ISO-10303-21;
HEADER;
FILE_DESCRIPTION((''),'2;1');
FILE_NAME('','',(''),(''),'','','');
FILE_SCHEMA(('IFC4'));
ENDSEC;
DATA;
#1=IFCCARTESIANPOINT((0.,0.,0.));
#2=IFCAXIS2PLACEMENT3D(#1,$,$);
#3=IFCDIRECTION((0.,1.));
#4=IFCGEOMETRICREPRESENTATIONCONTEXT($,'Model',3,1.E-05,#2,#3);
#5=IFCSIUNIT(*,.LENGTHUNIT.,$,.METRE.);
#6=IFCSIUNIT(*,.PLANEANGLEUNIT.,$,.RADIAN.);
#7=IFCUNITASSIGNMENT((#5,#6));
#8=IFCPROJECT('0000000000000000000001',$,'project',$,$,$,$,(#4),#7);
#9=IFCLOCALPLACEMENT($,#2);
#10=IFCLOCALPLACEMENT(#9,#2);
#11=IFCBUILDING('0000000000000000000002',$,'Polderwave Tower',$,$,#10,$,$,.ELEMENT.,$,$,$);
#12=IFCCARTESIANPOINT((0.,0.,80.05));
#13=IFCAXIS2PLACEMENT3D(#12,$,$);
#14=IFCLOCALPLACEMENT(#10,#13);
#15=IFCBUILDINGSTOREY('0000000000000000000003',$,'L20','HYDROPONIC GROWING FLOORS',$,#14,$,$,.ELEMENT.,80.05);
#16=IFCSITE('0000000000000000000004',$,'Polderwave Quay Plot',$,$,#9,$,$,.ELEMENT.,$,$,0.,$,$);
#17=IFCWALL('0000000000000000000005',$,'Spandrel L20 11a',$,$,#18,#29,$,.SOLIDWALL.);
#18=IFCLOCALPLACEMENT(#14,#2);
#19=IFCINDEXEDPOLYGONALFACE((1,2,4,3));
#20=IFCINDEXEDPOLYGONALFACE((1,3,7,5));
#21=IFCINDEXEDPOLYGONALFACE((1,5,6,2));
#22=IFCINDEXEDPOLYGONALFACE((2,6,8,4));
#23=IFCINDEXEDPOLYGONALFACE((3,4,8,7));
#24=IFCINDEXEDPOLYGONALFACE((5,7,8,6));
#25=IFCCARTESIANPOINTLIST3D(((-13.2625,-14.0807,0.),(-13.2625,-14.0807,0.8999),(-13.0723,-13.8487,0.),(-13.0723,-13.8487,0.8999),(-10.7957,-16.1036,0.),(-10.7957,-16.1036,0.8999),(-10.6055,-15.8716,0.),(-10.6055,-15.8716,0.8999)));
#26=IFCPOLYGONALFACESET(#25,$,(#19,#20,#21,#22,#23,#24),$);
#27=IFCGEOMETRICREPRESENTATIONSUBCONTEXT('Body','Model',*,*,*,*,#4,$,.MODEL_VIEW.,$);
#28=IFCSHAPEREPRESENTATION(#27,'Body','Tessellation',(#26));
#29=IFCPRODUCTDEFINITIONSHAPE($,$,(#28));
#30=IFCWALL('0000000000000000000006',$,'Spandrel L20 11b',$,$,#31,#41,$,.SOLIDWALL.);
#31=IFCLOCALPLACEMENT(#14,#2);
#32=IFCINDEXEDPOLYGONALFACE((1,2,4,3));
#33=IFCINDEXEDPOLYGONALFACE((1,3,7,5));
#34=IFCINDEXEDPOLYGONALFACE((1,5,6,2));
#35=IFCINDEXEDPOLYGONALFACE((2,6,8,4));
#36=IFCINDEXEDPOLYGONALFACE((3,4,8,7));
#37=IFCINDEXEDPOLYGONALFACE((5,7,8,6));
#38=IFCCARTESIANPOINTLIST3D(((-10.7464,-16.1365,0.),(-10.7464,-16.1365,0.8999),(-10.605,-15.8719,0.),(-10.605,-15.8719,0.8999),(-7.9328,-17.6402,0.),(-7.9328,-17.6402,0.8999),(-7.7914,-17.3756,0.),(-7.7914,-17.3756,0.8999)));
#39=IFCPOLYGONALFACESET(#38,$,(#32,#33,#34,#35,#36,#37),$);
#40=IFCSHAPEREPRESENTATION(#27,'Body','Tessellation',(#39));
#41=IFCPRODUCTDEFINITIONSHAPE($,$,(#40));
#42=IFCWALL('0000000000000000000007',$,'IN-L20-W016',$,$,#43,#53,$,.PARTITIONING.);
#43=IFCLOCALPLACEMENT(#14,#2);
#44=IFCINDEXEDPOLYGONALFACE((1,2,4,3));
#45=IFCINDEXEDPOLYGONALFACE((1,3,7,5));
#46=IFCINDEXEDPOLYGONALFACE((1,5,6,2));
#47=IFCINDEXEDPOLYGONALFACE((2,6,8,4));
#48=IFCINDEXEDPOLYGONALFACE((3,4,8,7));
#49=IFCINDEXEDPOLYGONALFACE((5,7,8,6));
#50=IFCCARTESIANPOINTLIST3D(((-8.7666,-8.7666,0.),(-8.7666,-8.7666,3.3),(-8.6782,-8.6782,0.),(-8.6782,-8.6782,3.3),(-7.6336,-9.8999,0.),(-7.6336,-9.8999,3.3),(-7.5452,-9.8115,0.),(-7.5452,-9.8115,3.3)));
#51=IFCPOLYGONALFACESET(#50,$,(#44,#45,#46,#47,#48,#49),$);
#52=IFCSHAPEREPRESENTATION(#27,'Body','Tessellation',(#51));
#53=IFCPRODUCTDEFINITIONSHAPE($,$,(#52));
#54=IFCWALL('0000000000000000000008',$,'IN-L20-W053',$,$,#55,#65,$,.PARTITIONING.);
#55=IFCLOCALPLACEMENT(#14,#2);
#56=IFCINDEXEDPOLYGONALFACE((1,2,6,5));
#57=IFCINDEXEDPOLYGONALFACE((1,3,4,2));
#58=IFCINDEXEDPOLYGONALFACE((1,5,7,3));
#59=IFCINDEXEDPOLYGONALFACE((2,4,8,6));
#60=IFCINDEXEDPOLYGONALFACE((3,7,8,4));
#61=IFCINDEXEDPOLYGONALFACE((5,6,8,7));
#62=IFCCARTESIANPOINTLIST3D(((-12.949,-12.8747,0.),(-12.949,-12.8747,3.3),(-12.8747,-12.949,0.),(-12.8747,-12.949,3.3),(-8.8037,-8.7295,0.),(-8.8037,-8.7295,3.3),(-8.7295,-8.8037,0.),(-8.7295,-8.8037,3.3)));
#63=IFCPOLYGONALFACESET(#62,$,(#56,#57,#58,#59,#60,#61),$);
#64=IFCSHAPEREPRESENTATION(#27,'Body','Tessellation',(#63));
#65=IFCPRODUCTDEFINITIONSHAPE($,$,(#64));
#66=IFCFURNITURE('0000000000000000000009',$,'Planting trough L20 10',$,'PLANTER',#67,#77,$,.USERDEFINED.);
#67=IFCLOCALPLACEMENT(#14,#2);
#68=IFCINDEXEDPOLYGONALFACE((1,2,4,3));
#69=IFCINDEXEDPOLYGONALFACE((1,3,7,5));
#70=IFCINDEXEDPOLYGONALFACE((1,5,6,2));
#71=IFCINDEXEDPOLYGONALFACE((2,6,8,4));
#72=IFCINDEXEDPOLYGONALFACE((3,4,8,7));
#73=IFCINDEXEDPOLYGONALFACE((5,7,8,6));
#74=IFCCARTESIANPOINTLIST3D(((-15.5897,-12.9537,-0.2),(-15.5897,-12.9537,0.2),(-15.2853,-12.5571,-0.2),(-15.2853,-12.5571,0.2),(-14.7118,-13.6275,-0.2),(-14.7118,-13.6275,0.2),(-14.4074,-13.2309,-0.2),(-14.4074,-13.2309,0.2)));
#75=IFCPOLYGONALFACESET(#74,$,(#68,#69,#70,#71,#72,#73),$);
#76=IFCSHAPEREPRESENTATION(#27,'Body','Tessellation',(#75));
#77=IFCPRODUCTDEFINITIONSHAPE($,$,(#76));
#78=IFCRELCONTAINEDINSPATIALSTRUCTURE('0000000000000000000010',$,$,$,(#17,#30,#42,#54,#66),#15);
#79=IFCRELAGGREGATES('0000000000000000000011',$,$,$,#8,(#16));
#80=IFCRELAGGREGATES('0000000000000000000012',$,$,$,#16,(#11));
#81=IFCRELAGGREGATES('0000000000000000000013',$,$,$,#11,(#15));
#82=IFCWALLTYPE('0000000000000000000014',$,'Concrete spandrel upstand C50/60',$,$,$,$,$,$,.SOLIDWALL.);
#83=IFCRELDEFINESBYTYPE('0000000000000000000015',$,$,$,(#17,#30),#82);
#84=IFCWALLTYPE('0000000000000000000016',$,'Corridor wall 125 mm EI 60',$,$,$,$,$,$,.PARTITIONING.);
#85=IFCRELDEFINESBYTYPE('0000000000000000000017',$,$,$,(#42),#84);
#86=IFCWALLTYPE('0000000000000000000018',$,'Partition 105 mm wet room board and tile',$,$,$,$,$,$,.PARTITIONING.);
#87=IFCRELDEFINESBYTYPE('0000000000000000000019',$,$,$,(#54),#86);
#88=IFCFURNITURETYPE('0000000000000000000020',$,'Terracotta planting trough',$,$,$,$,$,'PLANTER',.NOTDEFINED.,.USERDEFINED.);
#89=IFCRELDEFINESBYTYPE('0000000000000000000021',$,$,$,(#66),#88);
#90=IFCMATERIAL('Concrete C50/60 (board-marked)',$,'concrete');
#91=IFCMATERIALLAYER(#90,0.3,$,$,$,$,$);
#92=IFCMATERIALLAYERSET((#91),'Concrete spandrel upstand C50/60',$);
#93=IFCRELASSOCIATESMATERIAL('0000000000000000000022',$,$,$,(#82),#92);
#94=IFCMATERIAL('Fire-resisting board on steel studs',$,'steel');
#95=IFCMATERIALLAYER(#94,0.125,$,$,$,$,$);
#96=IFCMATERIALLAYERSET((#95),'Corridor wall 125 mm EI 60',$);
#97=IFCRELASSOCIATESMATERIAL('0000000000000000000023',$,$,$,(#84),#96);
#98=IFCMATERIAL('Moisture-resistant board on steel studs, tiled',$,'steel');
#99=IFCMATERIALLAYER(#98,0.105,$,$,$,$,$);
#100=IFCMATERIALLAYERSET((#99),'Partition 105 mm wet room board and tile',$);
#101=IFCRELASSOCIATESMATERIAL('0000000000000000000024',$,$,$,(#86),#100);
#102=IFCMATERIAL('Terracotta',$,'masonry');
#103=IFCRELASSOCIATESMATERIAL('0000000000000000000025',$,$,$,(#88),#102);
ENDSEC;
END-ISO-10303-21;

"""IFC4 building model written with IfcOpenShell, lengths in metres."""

from ifc_helpers import new_model, si_unit, direction, frame, frame_2d, origin, origin_2d, place, context, subcontext, project, spatial, rectangle, extrude, material, layer, layer_set, type_object, element, save


model = new_model("IFC4")

# Units and contexts
model_context = context("Model", 3, precision=1e-05, world=origin(), true_north=direction((0.0, 1.0)))
body_context = subcontext(model_context, "Body", "Model", "MODEL_VIEW")
ifc_project = project(units=[si_unit("LENGTHUNIT", "METRE"), si_unit("PLANEANGLEUNIT", "RADIAN")], contexts=[model_context])

# Site, building, storey
site_placement = place(None, origin())
site = spatial("IfcSite", under=ifc_project, at=site_placement, Name="Polderwave Quay Plot", CompositionType="ELEMENT", RefElevation=0.0)
building_placement = place(site_placement, origin())
building = spatial("IfcBuilding", under=site, at=building_placement, Name="Polderwave Tower", CompositionType="ELEMENT")
storey_placement = place(building_placement, frame((0.0, 0.0, 80.05)))
storey = spatial("IfcBuildingStorey", under=building, at=storey_placement, Name="L20", Description="HYDROPONIC GROWING FLOORS", CompositionType="ELEMENT", Elevation=80.05)

# Walls
ifc_material_1 = material(Name="Concrete C50/60 (board-marked)", Category="concrete")
ifc_layer_1 = layer(ifc_material_1, 0.3)
ifc_layer_set_1 = layer_set([ifc_layer_1], Name="Concrete spandrel upstand C50/60")
wall_type_1 = type_object("IfcWallType", Name="Concrete spandrel upstand C50/60", PredefinedType="SOLIDWALL", material=ifc_layer_set_1)
for number, where, z_axis, x_axis, name in (
    (1, (-13.1675, -13.9646, 0.0), (0.0, 0.0, 1.0), (0.773241, -0.634113, 0.0), "Spandrel L20 11a"),
    (2, (-10.6758, -16.0042, 0.0), (0.0, 0.0, 1.0), (0.881944, -0.471355, 0.0), "Spandrel L20 11b"),
):
    element("IfcWall", number, at=place(storey_placement, frame(where, z_axis=z_axis, x_axis=x_axis)), inside=storey, type_object=wall_type_1, Name=name, PredefinedType="SOLIDWALL", context=body_context, shape_type="SweptSolid", body=[
        extrude(rectangle(XDim=3.1902, YDim=0.3, at=frame_2d((1.5952, 0.0))), origin(), (0.0, 0.0, 1.0), 0.8999),
    ])
ifc_material_2 = material(Name="Fire-resisting board on steel studs", Category="steel")
ifc_layer_2 = layer(ifc_material_2, 0.125)
ifc_layer_set_2 = layer_set([ifc_layer_2], Name="Corridor wall 125 mm EI 60")
wall_type_2 = type_object("IfcWallType", Name="Corridor wall 125 mm EI 60", PredefinedType="PARTITIONING", material=ifc_layer_set_2)
wall_1_placement = place(storey_placement, frame((-7.5894, -9.8557, 0.0), z_axis=(0.0, 0.0, 1.0), x_axis=(-0.707031, 0.707183, 0.0)))
element("IfcWall", 3, at=wall_1_placement, inside=storey, type_object=wall_type_2, Name="IN-L20-W016", PredefinedType="PARTITIONING", context=body_context, shape_type="SweptSolid", body=[
    extrude(rectangle(XDim=1.6025, YDim=0.125, at=frame_2d((0.8013, 0.0))), origin(), (0.0, 0.0, 1.0), 3.3),
])
ifc_material_3 = material(Name="Moisture-resistant board on steel studs, tiled", Category="steel")
ifc_layer_3 = layer(ifc_material_3, 0.105)
ifc_layer_set_3 = layer_set([ifc_layer_3], Name="Partition 105 mm wet room board and tile")
wall_type_3 = type_object("IfcWallType", Name="Partition 105 mm wet room board and tile", PredefinedType="PARTITIONING", material=ifc_layer_set_3)
wall_2_placement = place(storey_placement, frame((-12.9119, -12.9119, 0.0), z_axis=(0.0, 0.0, 1.0), x_axis=(0.707107, 0.707107, 0.0)))
element("IfcWall", 4, at=wall_2_placement, inside=storey, type_object=wall_type_3, Name="IN-L20-W053", PredefinedType="PARTITIONING", context=body_context, shape_type="SweptSolid", body=[
    extrude(rectangle(XDim=5.8623, YDim=0.105, at=frame_2d((2.9312, 0.0))), origin(), (0.0, 0.0, 1.0), 3.3),
])

# Furniture
ifc_material_4 = material(Name="Terracotta", Category="masonry")
furniture_type = type_object("IfcFurnitureType", Name="Terracotta planting trough", ElementType="PLANTER", AssemblyPlace="NOTDEFINED", PredefinedType="USERDEFINED", material=ifc_material_4)
furniture_placement = place(storey_placement, frame((-14.9985, -13.0923, -0.2), z_axis=(0.0, 0.0, 1.0), x_axis=(0.793298, -0.608833, 0.0)))
element("IfcFurniture", 5, at=furniture_placement, inside=storey, type_object=furniture_type, Name="Planting trough L20 10", ObjectType="PLANTER", PredefinedType="USERDEFINED", context=body_context, shape_type="SweptSolid", body=[
    extrude(rectangle(XDim=1.1067, YDim=0.5, at=origin_2d()), origin(), (0.0, 0.0, 1.0), 0.3999),
])

save(model, "model.ifc")
